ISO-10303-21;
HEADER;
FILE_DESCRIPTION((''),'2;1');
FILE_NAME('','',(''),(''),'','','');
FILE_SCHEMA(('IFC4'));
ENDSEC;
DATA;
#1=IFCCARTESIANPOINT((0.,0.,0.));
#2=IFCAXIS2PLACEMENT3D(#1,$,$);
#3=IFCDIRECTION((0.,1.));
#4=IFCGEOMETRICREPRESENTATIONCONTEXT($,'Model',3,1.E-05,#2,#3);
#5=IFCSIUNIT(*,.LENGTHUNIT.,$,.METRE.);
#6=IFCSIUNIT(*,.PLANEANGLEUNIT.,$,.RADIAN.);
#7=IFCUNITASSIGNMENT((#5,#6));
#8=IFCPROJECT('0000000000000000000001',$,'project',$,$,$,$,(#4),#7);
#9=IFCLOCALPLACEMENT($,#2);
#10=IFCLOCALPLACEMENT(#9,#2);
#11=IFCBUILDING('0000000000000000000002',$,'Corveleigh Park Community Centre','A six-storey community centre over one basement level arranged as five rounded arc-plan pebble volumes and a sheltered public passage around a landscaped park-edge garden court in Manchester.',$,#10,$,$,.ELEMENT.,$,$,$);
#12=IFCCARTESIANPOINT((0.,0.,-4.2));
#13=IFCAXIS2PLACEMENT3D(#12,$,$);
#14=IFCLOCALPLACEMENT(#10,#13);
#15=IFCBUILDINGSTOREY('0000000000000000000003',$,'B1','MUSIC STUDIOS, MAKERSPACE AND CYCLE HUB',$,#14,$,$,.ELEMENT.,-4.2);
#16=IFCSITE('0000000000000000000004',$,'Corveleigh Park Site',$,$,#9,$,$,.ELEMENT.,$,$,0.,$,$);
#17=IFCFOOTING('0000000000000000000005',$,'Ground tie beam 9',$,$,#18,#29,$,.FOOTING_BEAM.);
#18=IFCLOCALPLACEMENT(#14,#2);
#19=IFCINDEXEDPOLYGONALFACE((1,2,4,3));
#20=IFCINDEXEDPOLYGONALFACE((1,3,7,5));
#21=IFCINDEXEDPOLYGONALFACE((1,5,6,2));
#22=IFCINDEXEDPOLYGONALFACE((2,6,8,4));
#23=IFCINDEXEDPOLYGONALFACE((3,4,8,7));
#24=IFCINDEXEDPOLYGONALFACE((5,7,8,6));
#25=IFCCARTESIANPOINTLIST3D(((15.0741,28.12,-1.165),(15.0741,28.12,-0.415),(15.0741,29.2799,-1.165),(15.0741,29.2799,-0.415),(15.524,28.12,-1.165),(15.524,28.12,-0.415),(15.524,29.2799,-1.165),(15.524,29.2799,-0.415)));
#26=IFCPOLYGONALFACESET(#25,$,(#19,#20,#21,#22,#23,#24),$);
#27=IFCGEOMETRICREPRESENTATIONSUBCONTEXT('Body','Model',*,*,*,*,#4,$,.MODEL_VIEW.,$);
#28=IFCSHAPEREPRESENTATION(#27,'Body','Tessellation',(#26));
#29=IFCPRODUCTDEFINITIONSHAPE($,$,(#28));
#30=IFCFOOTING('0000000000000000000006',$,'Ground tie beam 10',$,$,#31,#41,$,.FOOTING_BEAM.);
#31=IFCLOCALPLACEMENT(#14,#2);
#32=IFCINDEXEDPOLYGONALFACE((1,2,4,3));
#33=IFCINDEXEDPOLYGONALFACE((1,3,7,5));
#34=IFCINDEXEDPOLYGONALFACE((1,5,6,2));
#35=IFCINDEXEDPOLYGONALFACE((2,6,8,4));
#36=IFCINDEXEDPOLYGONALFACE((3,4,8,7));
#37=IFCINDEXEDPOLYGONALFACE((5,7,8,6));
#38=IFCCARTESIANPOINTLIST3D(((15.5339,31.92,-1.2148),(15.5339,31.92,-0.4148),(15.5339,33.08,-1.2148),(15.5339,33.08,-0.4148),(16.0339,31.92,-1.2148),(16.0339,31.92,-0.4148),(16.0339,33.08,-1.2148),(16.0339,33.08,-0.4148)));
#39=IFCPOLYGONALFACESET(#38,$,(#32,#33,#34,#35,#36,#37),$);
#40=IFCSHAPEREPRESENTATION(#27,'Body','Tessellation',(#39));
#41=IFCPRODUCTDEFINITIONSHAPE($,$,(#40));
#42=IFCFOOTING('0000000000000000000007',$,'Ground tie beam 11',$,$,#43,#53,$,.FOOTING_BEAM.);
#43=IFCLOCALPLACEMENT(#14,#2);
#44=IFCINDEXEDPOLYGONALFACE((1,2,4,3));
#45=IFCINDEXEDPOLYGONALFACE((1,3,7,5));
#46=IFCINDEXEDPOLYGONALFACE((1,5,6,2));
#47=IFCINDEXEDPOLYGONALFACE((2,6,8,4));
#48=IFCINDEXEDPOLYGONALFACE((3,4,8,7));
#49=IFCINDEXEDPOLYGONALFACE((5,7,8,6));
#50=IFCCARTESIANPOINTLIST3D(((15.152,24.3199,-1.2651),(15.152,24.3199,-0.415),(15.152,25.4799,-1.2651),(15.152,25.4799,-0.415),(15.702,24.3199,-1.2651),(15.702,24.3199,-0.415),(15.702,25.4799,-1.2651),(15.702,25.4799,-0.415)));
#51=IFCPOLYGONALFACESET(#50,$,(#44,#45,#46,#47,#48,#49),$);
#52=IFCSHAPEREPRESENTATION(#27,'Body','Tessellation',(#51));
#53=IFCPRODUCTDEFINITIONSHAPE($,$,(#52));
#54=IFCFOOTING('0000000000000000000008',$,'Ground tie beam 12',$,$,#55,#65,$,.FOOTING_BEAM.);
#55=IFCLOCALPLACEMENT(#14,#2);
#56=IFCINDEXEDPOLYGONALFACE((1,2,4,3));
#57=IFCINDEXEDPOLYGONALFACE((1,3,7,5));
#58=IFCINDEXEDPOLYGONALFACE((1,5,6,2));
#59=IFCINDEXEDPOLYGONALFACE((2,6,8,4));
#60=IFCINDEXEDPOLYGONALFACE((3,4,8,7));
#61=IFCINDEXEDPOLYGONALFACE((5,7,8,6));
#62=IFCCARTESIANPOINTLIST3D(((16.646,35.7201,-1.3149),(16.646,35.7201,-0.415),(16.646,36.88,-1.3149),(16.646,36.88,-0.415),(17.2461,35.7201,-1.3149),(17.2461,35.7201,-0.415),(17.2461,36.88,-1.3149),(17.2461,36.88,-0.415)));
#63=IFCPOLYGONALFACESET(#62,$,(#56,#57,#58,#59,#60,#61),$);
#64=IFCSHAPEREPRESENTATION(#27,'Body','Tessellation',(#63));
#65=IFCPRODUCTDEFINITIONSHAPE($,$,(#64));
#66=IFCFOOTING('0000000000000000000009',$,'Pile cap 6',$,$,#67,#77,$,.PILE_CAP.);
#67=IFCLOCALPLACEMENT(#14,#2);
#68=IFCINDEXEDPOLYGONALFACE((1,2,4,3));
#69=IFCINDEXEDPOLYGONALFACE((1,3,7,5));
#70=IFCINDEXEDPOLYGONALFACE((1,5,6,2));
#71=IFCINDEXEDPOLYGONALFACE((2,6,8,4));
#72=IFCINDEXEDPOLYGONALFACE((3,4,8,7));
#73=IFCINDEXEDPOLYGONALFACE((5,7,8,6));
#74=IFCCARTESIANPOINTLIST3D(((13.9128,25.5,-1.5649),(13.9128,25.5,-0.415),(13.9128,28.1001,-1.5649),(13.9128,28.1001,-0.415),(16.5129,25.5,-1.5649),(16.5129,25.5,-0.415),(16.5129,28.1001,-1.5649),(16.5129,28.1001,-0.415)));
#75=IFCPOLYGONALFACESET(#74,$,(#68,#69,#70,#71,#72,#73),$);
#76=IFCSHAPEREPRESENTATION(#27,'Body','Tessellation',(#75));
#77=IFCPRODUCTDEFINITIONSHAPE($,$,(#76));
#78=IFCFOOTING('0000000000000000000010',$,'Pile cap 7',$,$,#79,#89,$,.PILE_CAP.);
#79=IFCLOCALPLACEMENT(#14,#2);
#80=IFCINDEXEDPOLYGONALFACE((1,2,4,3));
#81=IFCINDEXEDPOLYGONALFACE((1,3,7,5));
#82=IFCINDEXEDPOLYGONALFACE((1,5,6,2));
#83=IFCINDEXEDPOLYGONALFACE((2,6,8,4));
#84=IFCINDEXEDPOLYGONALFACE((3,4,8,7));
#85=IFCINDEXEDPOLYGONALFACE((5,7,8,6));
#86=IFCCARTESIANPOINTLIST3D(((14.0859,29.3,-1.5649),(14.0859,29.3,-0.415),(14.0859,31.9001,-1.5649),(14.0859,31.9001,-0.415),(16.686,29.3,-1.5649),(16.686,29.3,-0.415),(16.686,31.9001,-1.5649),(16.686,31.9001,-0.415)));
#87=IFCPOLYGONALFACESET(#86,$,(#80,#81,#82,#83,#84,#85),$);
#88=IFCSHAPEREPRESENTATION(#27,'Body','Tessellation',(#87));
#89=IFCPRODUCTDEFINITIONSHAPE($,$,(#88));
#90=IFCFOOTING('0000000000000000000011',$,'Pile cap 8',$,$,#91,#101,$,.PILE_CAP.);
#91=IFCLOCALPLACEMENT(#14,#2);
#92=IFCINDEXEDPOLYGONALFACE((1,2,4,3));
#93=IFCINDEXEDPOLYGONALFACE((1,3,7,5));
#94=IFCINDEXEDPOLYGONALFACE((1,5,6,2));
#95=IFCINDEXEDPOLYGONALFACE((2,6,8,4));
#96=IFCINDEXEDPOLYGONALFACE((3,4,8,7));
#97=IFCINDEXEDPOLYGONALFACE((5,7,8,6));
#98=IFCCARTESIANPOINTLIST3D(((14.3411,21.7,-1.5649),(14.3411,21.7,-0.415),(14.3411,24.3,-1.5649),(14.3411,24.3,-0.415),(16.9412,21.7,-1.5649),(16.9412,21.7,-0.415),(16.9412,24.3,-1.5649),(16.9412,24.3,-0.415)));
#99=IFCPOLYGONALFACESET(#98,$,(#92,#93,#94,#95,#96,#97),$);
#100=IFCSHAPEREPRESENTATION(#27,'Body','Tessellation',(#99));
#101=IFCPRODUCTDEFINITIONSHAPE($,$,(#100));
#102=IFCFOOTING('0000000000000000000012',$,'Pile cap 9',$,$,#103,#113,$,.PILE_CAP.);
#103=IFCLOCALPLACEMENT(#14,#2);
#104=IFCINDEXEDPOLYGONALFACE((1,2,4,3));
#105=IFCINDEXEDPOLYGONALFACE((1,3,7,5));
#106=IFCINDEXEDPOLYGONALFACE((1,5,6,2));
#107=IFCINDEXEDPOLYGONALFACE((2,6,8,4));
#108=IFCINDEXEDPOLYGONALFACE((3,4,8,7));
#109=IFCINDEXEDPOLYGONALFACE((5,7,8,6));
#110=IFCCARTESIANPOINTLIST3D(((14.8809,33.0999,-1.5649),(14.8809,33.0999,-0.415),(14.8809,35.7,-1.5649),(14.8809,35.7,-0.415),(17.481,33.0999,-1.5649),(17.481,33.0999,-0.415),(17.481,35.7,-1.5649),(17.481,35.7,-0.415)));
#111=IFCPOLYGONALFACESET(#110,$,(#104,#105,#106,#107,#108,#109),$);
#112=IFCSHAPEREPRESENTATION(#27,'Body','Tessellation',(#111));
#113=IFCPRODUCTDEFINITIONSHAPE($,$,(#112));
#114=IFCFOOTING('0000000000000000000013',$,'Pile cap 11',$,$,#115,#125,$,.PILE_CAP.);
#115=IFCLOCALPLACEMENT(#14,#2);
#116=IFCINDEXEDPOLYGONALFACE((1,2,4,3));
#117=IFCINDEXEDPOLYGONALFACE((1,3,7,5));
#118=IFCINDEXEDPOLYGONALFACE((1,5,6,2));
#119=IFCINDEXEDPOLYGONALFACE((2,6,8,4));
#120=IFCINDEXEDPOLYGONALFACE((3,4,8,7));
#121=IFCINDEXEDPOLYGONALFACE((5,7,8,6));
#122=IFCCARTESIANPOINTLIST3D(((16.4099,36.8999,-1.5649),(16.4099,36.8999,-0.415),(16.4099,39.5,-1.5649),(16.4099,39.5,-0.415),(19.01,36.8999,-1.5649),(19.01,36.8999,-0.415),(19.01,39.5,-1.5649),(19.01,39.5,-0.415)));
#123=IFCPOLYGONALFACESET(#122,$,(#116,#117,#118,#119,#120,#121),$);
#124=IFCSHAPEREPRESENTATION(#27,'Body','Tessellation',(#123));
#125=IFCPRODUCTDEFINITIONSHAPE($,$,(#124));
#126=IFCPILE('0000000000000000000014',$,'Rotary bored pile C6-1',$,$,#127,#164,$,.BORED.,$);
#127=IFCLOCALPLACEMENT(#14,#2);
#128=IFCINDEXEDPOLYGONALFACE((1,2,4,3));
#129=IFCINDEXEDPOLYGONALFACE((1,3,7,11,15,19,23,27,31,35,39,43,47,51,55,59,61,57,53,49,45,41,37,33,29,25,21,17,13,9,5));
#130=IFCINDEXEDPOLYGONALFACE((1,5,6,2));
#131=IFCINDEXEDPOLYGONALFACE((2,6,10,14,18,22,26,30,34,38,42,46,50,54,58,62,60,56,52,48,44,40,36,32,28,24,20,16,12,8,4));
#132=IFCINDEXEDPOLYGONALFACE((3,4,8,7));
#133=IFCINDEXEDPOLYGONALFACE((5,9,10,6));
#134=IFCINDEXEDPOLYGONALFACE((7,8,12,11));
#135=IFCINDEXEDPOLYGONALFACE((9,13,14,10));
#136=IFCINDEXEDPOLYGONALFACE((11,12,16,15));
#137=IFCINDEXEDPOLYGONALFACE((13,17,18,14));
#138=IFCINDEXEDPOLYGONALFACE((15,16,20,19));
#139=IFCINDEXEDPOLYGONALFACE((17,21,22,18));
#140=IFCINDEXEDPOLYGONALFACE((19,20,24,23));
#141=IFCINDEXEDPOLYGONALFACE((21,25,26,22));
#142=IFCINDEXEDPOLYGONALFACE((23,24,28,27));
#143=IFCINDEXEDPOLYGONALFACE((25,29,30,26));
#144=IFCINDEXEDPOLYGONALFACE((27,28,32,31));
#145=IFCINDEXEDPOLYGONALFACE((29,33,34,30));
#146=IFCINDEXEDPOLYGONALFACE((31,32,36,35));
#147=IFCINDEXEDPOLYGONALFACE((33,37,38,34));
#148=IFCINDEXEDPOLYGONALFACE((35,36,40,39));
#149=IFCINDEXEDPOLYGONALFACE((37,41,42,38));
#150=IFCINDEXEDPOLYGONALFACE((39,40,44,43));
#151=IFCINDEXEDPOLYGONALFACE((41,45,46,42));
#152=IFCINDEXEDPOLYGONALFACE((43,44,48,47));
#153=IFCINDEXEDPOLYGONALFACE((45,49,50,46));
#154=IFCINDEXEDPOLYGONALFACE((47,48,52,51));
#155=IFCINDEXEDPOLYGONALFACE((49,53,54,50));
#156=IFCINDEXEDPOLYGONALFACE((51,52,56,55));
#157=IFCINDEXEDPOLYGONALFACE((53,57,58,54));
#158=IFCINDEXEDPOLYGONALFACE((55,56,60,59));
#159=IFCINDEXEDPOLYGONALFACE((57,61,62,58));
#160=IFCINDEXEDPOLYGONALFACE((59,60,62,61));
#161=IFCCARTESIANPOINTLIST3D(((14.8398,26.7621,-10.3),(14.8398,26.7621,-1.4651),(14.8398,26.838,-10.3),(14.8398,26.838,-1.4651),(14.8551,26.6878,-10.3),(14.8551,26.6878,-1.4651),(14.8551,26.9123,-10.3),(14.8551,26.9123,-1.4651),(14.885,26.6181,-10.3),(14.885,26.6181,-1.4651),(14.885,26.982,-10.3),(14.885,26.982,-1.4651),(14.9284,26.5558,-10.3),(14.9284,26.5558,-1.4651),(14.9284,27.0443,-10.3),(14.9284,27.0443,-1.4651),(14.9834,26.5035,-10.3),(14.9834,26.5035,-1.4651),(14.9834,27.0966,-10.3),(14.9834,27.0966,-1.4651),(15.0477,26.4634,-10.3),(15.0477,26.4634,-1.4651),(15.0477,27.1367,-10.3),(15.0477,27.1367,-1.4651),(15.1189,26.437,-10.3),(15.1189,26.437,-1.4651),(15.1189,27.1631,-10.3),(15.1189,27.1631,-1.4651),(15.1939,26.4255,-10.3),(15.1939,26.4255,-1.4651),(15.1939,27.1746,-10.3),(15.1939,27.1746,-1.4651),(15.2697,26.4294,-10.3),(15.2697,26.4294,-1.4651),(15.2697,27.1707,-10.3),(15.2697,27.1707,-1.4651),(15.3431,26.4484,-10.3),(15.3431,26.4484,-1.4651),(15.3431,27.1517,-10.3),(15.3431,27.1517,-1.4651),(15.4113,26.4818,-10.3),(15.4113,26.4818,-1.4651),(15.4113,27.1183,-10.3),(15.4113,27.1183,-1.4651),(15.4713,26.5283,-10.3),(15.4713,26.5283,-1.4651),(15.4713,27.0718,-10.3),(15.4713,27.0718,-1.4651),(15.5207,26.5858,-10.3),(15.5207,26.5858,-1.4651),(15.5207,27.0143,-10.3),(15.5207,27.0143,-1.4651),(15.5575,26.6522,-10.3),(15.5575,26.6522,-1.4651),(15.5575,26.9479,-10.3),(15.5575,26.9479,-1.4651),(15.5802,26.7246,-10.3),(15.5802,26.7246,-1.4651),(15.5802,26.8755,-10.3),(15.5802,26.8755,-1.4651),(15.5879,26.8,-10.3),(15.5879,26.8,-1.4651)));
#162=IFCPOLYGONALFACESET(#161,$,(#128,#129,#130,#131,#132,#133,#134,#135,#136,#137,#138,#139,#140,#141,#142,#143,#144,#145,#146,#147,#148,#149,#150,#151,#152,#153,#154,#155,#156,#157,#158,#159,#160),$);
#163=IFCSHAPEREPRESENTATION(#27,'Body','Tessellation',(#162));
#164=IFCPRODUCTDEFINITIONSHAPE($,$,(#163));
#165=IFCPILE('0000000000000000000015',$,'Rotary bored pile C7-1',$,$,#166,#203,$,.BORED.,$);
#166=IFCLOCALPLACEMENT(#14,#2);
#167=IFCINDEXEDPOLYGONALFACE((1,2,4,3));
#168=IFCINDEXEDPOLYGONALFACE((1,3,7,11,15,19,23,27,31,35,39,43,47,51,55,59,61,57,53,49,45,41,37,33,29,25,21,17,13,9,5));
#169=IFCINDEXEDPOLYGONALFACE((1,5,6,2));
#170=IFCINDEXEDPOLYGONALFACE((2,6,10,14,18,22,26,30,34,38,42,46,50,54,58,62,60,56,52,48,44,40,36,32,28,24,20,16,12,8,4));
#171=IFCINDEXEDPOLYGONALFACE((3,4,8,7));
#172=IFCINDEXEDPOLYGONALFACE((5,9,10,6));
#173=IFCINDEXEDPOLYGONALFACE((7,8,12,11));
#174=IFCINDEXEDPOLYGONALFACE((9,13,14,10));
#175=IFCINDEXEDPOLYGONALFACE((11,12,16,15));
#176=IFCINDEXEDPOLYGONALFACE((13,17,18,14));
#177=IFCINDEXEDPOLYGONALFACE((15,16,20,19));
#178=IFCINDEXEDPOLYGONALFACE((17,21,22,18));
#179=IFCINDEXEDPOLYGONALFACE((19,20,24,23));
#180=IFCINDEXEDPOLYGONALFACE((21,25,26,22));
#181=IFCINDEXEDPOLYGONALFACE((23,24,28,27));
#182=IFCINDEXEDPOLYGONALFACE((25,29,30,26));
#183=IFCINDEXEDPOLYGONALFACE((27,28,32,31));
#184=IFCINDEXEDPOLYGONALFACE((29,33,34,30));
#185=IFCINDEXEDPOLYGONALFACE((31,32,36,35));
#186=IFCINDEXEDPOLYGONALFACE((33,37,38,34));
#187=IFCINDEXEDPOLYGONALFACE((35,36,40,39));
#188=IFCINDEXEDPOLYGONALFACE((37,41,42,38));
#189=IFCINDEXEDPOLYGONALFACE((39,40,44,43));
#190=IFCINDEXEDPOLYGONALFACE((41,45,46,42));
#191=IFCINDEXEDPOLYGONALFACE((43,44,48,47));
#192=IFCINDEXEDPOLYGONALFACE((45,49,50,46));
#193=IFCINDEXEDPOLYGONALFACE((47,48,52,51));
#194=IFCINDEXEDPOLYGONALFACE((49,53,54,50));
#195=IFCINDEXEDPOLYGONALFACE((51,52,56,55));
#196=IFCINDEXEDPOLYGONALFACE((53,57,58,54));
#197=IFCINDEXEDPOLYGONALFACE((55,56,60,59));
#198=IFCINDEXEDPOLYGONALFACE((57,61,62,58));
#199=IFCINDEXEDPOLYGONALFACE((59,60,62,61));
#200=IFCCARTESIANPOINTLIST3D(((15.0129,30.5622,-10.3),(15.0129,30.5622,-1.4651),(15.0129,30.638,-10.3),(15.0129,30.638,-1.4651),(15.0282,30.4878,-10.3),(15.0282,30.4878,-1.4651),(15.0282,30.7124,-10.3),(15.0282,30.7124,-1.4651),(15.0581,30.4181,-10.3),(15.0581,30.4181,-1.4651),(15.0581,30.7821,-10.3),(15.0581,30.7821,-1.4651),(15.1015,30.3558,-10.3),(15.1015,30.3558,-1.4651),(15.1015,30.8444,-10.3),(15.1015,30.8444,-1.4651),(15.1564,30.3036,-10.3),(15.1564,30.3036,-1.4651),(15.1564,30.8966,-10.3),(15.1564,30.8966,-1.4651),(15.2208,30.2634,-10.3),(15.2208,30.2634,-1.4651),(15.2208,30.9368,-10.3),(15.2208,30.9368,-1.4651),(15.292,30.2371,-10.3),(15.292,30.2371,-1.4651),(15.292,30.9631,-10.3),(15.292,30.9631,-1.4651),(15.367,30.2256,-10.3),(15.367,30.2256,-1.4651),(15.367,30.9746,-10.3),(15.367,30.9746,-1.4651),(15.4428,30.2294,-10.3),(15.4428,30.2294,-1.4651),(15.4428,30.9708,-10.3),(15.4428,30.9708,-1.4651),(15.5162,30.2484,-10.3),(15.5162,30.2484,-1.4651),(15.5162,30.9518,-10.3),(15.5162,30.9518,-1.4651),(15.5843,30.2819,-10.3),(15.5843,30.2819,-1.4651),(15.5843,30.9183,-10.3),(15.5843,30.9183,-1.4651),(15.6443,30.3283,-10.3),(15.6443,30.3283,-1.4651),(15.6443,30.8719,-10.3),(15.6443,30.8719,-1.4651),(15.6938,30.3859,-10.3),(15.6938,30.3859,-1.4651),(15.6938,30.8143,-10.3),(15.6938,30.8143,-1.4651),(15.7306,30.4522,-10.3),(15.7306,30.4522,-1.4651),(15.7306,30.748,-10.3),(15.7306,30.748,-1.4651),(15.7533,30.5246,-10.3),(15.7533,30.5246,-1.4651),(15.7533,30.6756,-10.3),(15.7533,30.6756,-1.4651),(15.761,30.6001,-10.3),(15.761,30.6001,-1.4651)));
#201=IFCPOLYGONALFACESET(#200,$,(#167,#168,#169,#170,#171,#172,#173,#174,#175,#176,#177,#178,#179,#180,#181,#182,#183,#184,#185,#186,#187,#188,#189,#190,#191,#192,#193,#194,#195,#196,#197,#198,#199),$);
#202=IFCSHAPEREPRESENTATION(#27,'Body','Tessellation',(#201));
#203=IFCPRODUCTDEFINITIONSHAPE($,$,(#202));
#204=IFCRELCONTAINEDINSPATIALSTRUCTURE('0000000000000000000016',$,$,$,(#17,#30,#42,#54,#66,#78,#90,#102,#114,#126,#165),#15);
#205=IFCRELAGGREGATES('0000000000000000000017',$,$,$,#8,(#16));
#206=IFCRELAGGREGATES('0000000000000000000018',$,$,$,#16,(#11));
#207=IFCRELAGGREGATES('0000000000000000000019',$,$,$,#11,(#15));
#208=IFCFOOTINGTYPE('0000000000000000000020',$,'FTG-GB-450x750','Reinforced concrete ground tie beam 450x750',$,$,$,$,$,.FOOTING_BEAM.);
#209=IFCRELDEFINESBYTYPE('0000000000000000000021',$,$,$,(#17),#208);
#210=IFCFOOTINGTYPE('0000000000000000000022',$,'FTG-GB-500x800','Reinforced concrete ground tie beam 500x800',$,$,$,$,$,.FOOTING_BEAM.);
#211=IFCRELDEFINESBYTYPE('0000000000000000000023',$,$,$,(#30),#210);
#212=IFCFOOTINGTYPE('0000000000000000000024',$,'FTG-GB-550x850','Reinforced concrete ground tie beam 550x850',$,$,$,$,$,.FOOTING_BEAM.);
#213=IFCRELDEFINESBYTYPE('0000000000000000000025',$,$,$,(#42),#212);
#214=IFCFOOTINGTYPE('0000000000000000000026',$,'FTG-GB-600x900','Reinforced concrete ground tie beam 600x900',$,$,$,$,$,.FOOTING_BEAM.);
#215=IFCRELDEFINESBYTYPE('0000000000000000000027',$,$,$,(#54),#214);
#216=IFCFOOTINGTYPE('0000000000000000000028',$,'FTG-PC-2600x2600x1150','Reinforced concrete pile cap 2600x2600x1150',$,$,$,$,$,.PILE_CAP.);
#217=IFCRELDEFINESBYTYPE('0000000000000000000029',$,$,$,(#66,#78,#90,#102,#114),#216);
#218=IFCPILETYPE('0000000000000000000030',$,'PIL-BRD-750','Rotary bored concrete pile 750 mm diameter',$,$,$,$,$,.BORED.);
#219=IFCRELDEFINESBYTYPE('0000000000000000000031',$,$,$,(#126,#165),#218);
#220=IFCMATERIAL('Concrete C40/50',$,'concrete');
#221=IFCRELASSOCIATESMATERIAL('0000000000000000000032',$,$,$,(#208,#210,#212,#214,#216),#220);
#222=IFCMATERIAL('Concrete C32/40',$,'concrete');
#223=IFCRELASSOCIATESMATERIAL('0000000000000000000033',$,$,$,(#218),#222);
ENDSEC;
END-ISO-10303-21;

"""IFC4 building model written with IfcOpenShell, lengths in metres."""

from ifc_helpers import new_model, si_unit, direction, frame, origin, origin_2d, place, context, subcontext, project, spatial, rectangle, circle, extrude, material, material_profile, profile_set, type_object, element, save


model = new_model("IFC4")

# Units and contexts
model_context = context("Model", 3, precision=1e-05, world=origin(), true_north=direction((0.0, 1.0)))
body_context = subcontext(model_context, "Body", "Model", "MODEL_VIEW")
ifc_project = project(units=[si_unit("LENGTHUNIT", "METRE"), si_unit("PLANEANGLEUNIT", "RADIAN")], contexts=[model_context])

# Site, building, storey
site_placement = place(None, origin())
site = spatial("IfcSite", under=ifc_project, at=site_placement, Name="Corveleigh Park Site", CompositionType="ELEMENT", RefElevation=0.0)
building_placement = place(site_placement, origin())
building = spatial("IfcBuilding", under=site, at=building_placement, Name="Corveleigh Park Community Centre", Description="A six-storey community centre over one basement level arranged as five rounded arc-plan pebble volumes and a sheltered public passage around a landscaped park-edge garden court in Manchester.", CompositionType="ELEMENT")
storey_placement = place(building_placement, frame((0.0, 0.0, -4.2)))
storey = spatial("IfcBuildingStorey", under=building, at=storey_placement, Name="B1", Description="MUSIC STUDIOS, MAKERSPACE AND CYCLE HUB", CompositionType="ELEMENT", Elevation=-4.2)

# Footings
ifc_material_1 = material(Name="Concrete C40/50", Category="concrete")
footing_type_1 = type_object("IfcFootingType", Name="FTG-GB-450x750", Description="Reinforced concrete ground tie beam 450x750", PredefinedType="FOOTING_BEAM", material=ifc_material_1)
footing_1_placement = place(storey_placement, frame((15.2991, 28.7, -1.165), z_axis=(0.0, 0.0, 1.0), x_axis=(1.0, 0.0, 0.0)))
element("IfcFooting", 1, at=footing_1_placement, inside=storey, type_object=footing_type_1, Name="Ground tie beam 9", PredefinedType="FOOTING_BEAM", context=body_context, shape_type="SweptSolid", body=[
    extrude(rectangle(XDim=0.45, YDim=1.1599, at=origin_2d()), origin(), (0.0, 0.0, 1.0), 0.75),
])
footing_type_2 = type_object("IfcFootingType", Name="FTG-GB-500x800", Description="Reinforced concrete ground tie beam 500x800", PredefinedType="FOOTING_BEAM", material=ifc_material_1)
footing_2_placement = place(storey_placement, frame((15.7839, 32.5, -1.2148), z_axis=(0.0, 0.0, 1.0), x_axis=(1.0, 0.0, 0.0)))
element("IfcFooting", 2, at=footing_2_placement, inside=storey, type_object=footing_type_2, Name="Ground tie beam 10", PredefinedType="FOOTING_BEAM", context=body_context, shape_type="SweptSolid", body=[
    extrude(rectangle(XDim=0.5, YDim=1.1599, at=origin_2d()), origin(), (0.0, 0.0, 1.0), 0.8),
])
footing_type_3 = type_object("IfcFootingType", Name="FTG-GB-550x850", Description="Reinforced concrete ground tie beam 550x850", PredefinedType="FOOTING_BEAM", material=ifc_material_1)
footing_3_placement = place(storey_placement, frame((15.427, 24.8999, -1.2651), z_axis=(0.0, 0.0, 1.0), x_axis=(1.0, 0.0, 0.0)))
element("IfcFooting", 3, at=footing_3_placement, inside=storey, type_object=footing_type_3, Name="Ground tie beam 11", PredefinedType="FOOTING_BEAM", context=body_context, shape_type="SweptSolid", body=[
    extrude(rectangle(XDim=0.55, YDim=1.1599, at=origin_2d()), origin(), (0.0, 0.0, 1.0), 0.8501),
])
footing_type_4 = type_object("IfcFootingType", Name="FTG-GB-600x900", Description="Reinforced concrete ground tie beam 600x900", PredefinedType="FOOTING_BEAM", material=ifc_material_1)
footing_4_placement = place(storey_placement, frame((16.946, 36.3, -1.3149), z_axis=(0.0, 0.0, 1.0), x_axis=(1.0, 0.0, 0.0)))
element("IfcFooting", 4, at=footing_4_placement, inside=storey, type_object=footing_type_4, Name="Ground tie beam 12", PredefinedType="FOOTING_BEAM", context=body_context, shape_type="SweptSolid", body=[
    extrude(rectangle(XDim=0.6001, YDim=1.1599, at=origin_2d()), origin(), (0.0, 0.0, 1.0), 0.8999),
])
footing_type_5 = type_object("IfcFootingType", Name="FTG-PC-2600x2600x1150", Description="Reinforced concrete pile cap 2600x2600x1150", PredefinedType="PILE_CAP", material=ifc_material_1)
for number, where, z_axis, x_axis, name in (
    (5, (15.2129, 26.8, -1.5649), (0.0, 0.0, 1.0), (1.0, 0.0, 0.0), "Pile cap 6"),
    (6, (15.386, 30.6001, -1.5649), (0.0, 0.0, 1.0), (1.0, 0.0, 0.0), "Pile cap 7"),
    (7, (15.6411, 23.0, -1.5649), (0.0, 0.0, 1.0), (1.0, 0.0, 0.0), "Pile cap 8"),
    (8, (16.1809, 34.3999, -1.5649), (0.0, 0.0, 1.0), (1.0, 0.0, 0.0), "Pile cap 9"),
    (9, (17.71, 38.2, -1.5649), (0.0, 0.0, 1.0), (1.0, 0.0, 0.0), "Pile cap 11"),
):
    element("IfcFooting", number, at=place(storey_placement, frame(where, z_axis=z_axis, x_axis=x_axis)), inside=storey, type_object=footing_type_5, Name=name, PredefinedType="PILE_CAP", context=body_context, shape_type="SweptSolid", body=[
        extrude(rectangle(XDim=2.6001, YDim=2.6001, at=origin_2d()), origin(), (0.0, 0.0, 1.0), 1.1499),
    ])

# Piles
ifc_material_2 = material(Name="Concrete C32/40", Category="concrete")
ifc_material_profile_1 = material_profile(ifc_material_2, circle(Radius=0.375, at=origin_2d()), Name="BORED-PILE-750", Category="concrete")
ifc_profile_set_1 = profile_set([ifc_material_profile_1], Name="Concrete C32/40")
pile_type = type_object("IfcPileType", Name="PIL-BRD-750", Description="Rotary bored concrete pile 750 mm diameter", PredefinedType="BORED", material=ifc_profile_set_1)
for number, where, z_axis, x_axis, name in (
    (10, (15.2129, 26.8, -1.4651), (0.0, 0.0, -1.0), (1.0, 0.0, 0.0), "Rotary bored pile C6-1"),
    (11, (15.386, 30.6001, -1.4651), (0.0, 0.0, -1.0), (1.0, 0.0, 0.0), "Rotary bored pile C7-1"),
):
    element("IfcPile", number, at=place(storey_placement, frame(where, z_axis=z_axis, x_axis=x_axis)), inside=storey, type_object=pile_type, Name=name, PredefinedType="BORED", context=body_context, shape_type="SweptSolid", body=[
        extrude(circle(Radius=0.375, at=origin_2d()), origin(), (0.0, 0.0, 1.0), 8.835),
    ])

save(model, "model.ifc")
